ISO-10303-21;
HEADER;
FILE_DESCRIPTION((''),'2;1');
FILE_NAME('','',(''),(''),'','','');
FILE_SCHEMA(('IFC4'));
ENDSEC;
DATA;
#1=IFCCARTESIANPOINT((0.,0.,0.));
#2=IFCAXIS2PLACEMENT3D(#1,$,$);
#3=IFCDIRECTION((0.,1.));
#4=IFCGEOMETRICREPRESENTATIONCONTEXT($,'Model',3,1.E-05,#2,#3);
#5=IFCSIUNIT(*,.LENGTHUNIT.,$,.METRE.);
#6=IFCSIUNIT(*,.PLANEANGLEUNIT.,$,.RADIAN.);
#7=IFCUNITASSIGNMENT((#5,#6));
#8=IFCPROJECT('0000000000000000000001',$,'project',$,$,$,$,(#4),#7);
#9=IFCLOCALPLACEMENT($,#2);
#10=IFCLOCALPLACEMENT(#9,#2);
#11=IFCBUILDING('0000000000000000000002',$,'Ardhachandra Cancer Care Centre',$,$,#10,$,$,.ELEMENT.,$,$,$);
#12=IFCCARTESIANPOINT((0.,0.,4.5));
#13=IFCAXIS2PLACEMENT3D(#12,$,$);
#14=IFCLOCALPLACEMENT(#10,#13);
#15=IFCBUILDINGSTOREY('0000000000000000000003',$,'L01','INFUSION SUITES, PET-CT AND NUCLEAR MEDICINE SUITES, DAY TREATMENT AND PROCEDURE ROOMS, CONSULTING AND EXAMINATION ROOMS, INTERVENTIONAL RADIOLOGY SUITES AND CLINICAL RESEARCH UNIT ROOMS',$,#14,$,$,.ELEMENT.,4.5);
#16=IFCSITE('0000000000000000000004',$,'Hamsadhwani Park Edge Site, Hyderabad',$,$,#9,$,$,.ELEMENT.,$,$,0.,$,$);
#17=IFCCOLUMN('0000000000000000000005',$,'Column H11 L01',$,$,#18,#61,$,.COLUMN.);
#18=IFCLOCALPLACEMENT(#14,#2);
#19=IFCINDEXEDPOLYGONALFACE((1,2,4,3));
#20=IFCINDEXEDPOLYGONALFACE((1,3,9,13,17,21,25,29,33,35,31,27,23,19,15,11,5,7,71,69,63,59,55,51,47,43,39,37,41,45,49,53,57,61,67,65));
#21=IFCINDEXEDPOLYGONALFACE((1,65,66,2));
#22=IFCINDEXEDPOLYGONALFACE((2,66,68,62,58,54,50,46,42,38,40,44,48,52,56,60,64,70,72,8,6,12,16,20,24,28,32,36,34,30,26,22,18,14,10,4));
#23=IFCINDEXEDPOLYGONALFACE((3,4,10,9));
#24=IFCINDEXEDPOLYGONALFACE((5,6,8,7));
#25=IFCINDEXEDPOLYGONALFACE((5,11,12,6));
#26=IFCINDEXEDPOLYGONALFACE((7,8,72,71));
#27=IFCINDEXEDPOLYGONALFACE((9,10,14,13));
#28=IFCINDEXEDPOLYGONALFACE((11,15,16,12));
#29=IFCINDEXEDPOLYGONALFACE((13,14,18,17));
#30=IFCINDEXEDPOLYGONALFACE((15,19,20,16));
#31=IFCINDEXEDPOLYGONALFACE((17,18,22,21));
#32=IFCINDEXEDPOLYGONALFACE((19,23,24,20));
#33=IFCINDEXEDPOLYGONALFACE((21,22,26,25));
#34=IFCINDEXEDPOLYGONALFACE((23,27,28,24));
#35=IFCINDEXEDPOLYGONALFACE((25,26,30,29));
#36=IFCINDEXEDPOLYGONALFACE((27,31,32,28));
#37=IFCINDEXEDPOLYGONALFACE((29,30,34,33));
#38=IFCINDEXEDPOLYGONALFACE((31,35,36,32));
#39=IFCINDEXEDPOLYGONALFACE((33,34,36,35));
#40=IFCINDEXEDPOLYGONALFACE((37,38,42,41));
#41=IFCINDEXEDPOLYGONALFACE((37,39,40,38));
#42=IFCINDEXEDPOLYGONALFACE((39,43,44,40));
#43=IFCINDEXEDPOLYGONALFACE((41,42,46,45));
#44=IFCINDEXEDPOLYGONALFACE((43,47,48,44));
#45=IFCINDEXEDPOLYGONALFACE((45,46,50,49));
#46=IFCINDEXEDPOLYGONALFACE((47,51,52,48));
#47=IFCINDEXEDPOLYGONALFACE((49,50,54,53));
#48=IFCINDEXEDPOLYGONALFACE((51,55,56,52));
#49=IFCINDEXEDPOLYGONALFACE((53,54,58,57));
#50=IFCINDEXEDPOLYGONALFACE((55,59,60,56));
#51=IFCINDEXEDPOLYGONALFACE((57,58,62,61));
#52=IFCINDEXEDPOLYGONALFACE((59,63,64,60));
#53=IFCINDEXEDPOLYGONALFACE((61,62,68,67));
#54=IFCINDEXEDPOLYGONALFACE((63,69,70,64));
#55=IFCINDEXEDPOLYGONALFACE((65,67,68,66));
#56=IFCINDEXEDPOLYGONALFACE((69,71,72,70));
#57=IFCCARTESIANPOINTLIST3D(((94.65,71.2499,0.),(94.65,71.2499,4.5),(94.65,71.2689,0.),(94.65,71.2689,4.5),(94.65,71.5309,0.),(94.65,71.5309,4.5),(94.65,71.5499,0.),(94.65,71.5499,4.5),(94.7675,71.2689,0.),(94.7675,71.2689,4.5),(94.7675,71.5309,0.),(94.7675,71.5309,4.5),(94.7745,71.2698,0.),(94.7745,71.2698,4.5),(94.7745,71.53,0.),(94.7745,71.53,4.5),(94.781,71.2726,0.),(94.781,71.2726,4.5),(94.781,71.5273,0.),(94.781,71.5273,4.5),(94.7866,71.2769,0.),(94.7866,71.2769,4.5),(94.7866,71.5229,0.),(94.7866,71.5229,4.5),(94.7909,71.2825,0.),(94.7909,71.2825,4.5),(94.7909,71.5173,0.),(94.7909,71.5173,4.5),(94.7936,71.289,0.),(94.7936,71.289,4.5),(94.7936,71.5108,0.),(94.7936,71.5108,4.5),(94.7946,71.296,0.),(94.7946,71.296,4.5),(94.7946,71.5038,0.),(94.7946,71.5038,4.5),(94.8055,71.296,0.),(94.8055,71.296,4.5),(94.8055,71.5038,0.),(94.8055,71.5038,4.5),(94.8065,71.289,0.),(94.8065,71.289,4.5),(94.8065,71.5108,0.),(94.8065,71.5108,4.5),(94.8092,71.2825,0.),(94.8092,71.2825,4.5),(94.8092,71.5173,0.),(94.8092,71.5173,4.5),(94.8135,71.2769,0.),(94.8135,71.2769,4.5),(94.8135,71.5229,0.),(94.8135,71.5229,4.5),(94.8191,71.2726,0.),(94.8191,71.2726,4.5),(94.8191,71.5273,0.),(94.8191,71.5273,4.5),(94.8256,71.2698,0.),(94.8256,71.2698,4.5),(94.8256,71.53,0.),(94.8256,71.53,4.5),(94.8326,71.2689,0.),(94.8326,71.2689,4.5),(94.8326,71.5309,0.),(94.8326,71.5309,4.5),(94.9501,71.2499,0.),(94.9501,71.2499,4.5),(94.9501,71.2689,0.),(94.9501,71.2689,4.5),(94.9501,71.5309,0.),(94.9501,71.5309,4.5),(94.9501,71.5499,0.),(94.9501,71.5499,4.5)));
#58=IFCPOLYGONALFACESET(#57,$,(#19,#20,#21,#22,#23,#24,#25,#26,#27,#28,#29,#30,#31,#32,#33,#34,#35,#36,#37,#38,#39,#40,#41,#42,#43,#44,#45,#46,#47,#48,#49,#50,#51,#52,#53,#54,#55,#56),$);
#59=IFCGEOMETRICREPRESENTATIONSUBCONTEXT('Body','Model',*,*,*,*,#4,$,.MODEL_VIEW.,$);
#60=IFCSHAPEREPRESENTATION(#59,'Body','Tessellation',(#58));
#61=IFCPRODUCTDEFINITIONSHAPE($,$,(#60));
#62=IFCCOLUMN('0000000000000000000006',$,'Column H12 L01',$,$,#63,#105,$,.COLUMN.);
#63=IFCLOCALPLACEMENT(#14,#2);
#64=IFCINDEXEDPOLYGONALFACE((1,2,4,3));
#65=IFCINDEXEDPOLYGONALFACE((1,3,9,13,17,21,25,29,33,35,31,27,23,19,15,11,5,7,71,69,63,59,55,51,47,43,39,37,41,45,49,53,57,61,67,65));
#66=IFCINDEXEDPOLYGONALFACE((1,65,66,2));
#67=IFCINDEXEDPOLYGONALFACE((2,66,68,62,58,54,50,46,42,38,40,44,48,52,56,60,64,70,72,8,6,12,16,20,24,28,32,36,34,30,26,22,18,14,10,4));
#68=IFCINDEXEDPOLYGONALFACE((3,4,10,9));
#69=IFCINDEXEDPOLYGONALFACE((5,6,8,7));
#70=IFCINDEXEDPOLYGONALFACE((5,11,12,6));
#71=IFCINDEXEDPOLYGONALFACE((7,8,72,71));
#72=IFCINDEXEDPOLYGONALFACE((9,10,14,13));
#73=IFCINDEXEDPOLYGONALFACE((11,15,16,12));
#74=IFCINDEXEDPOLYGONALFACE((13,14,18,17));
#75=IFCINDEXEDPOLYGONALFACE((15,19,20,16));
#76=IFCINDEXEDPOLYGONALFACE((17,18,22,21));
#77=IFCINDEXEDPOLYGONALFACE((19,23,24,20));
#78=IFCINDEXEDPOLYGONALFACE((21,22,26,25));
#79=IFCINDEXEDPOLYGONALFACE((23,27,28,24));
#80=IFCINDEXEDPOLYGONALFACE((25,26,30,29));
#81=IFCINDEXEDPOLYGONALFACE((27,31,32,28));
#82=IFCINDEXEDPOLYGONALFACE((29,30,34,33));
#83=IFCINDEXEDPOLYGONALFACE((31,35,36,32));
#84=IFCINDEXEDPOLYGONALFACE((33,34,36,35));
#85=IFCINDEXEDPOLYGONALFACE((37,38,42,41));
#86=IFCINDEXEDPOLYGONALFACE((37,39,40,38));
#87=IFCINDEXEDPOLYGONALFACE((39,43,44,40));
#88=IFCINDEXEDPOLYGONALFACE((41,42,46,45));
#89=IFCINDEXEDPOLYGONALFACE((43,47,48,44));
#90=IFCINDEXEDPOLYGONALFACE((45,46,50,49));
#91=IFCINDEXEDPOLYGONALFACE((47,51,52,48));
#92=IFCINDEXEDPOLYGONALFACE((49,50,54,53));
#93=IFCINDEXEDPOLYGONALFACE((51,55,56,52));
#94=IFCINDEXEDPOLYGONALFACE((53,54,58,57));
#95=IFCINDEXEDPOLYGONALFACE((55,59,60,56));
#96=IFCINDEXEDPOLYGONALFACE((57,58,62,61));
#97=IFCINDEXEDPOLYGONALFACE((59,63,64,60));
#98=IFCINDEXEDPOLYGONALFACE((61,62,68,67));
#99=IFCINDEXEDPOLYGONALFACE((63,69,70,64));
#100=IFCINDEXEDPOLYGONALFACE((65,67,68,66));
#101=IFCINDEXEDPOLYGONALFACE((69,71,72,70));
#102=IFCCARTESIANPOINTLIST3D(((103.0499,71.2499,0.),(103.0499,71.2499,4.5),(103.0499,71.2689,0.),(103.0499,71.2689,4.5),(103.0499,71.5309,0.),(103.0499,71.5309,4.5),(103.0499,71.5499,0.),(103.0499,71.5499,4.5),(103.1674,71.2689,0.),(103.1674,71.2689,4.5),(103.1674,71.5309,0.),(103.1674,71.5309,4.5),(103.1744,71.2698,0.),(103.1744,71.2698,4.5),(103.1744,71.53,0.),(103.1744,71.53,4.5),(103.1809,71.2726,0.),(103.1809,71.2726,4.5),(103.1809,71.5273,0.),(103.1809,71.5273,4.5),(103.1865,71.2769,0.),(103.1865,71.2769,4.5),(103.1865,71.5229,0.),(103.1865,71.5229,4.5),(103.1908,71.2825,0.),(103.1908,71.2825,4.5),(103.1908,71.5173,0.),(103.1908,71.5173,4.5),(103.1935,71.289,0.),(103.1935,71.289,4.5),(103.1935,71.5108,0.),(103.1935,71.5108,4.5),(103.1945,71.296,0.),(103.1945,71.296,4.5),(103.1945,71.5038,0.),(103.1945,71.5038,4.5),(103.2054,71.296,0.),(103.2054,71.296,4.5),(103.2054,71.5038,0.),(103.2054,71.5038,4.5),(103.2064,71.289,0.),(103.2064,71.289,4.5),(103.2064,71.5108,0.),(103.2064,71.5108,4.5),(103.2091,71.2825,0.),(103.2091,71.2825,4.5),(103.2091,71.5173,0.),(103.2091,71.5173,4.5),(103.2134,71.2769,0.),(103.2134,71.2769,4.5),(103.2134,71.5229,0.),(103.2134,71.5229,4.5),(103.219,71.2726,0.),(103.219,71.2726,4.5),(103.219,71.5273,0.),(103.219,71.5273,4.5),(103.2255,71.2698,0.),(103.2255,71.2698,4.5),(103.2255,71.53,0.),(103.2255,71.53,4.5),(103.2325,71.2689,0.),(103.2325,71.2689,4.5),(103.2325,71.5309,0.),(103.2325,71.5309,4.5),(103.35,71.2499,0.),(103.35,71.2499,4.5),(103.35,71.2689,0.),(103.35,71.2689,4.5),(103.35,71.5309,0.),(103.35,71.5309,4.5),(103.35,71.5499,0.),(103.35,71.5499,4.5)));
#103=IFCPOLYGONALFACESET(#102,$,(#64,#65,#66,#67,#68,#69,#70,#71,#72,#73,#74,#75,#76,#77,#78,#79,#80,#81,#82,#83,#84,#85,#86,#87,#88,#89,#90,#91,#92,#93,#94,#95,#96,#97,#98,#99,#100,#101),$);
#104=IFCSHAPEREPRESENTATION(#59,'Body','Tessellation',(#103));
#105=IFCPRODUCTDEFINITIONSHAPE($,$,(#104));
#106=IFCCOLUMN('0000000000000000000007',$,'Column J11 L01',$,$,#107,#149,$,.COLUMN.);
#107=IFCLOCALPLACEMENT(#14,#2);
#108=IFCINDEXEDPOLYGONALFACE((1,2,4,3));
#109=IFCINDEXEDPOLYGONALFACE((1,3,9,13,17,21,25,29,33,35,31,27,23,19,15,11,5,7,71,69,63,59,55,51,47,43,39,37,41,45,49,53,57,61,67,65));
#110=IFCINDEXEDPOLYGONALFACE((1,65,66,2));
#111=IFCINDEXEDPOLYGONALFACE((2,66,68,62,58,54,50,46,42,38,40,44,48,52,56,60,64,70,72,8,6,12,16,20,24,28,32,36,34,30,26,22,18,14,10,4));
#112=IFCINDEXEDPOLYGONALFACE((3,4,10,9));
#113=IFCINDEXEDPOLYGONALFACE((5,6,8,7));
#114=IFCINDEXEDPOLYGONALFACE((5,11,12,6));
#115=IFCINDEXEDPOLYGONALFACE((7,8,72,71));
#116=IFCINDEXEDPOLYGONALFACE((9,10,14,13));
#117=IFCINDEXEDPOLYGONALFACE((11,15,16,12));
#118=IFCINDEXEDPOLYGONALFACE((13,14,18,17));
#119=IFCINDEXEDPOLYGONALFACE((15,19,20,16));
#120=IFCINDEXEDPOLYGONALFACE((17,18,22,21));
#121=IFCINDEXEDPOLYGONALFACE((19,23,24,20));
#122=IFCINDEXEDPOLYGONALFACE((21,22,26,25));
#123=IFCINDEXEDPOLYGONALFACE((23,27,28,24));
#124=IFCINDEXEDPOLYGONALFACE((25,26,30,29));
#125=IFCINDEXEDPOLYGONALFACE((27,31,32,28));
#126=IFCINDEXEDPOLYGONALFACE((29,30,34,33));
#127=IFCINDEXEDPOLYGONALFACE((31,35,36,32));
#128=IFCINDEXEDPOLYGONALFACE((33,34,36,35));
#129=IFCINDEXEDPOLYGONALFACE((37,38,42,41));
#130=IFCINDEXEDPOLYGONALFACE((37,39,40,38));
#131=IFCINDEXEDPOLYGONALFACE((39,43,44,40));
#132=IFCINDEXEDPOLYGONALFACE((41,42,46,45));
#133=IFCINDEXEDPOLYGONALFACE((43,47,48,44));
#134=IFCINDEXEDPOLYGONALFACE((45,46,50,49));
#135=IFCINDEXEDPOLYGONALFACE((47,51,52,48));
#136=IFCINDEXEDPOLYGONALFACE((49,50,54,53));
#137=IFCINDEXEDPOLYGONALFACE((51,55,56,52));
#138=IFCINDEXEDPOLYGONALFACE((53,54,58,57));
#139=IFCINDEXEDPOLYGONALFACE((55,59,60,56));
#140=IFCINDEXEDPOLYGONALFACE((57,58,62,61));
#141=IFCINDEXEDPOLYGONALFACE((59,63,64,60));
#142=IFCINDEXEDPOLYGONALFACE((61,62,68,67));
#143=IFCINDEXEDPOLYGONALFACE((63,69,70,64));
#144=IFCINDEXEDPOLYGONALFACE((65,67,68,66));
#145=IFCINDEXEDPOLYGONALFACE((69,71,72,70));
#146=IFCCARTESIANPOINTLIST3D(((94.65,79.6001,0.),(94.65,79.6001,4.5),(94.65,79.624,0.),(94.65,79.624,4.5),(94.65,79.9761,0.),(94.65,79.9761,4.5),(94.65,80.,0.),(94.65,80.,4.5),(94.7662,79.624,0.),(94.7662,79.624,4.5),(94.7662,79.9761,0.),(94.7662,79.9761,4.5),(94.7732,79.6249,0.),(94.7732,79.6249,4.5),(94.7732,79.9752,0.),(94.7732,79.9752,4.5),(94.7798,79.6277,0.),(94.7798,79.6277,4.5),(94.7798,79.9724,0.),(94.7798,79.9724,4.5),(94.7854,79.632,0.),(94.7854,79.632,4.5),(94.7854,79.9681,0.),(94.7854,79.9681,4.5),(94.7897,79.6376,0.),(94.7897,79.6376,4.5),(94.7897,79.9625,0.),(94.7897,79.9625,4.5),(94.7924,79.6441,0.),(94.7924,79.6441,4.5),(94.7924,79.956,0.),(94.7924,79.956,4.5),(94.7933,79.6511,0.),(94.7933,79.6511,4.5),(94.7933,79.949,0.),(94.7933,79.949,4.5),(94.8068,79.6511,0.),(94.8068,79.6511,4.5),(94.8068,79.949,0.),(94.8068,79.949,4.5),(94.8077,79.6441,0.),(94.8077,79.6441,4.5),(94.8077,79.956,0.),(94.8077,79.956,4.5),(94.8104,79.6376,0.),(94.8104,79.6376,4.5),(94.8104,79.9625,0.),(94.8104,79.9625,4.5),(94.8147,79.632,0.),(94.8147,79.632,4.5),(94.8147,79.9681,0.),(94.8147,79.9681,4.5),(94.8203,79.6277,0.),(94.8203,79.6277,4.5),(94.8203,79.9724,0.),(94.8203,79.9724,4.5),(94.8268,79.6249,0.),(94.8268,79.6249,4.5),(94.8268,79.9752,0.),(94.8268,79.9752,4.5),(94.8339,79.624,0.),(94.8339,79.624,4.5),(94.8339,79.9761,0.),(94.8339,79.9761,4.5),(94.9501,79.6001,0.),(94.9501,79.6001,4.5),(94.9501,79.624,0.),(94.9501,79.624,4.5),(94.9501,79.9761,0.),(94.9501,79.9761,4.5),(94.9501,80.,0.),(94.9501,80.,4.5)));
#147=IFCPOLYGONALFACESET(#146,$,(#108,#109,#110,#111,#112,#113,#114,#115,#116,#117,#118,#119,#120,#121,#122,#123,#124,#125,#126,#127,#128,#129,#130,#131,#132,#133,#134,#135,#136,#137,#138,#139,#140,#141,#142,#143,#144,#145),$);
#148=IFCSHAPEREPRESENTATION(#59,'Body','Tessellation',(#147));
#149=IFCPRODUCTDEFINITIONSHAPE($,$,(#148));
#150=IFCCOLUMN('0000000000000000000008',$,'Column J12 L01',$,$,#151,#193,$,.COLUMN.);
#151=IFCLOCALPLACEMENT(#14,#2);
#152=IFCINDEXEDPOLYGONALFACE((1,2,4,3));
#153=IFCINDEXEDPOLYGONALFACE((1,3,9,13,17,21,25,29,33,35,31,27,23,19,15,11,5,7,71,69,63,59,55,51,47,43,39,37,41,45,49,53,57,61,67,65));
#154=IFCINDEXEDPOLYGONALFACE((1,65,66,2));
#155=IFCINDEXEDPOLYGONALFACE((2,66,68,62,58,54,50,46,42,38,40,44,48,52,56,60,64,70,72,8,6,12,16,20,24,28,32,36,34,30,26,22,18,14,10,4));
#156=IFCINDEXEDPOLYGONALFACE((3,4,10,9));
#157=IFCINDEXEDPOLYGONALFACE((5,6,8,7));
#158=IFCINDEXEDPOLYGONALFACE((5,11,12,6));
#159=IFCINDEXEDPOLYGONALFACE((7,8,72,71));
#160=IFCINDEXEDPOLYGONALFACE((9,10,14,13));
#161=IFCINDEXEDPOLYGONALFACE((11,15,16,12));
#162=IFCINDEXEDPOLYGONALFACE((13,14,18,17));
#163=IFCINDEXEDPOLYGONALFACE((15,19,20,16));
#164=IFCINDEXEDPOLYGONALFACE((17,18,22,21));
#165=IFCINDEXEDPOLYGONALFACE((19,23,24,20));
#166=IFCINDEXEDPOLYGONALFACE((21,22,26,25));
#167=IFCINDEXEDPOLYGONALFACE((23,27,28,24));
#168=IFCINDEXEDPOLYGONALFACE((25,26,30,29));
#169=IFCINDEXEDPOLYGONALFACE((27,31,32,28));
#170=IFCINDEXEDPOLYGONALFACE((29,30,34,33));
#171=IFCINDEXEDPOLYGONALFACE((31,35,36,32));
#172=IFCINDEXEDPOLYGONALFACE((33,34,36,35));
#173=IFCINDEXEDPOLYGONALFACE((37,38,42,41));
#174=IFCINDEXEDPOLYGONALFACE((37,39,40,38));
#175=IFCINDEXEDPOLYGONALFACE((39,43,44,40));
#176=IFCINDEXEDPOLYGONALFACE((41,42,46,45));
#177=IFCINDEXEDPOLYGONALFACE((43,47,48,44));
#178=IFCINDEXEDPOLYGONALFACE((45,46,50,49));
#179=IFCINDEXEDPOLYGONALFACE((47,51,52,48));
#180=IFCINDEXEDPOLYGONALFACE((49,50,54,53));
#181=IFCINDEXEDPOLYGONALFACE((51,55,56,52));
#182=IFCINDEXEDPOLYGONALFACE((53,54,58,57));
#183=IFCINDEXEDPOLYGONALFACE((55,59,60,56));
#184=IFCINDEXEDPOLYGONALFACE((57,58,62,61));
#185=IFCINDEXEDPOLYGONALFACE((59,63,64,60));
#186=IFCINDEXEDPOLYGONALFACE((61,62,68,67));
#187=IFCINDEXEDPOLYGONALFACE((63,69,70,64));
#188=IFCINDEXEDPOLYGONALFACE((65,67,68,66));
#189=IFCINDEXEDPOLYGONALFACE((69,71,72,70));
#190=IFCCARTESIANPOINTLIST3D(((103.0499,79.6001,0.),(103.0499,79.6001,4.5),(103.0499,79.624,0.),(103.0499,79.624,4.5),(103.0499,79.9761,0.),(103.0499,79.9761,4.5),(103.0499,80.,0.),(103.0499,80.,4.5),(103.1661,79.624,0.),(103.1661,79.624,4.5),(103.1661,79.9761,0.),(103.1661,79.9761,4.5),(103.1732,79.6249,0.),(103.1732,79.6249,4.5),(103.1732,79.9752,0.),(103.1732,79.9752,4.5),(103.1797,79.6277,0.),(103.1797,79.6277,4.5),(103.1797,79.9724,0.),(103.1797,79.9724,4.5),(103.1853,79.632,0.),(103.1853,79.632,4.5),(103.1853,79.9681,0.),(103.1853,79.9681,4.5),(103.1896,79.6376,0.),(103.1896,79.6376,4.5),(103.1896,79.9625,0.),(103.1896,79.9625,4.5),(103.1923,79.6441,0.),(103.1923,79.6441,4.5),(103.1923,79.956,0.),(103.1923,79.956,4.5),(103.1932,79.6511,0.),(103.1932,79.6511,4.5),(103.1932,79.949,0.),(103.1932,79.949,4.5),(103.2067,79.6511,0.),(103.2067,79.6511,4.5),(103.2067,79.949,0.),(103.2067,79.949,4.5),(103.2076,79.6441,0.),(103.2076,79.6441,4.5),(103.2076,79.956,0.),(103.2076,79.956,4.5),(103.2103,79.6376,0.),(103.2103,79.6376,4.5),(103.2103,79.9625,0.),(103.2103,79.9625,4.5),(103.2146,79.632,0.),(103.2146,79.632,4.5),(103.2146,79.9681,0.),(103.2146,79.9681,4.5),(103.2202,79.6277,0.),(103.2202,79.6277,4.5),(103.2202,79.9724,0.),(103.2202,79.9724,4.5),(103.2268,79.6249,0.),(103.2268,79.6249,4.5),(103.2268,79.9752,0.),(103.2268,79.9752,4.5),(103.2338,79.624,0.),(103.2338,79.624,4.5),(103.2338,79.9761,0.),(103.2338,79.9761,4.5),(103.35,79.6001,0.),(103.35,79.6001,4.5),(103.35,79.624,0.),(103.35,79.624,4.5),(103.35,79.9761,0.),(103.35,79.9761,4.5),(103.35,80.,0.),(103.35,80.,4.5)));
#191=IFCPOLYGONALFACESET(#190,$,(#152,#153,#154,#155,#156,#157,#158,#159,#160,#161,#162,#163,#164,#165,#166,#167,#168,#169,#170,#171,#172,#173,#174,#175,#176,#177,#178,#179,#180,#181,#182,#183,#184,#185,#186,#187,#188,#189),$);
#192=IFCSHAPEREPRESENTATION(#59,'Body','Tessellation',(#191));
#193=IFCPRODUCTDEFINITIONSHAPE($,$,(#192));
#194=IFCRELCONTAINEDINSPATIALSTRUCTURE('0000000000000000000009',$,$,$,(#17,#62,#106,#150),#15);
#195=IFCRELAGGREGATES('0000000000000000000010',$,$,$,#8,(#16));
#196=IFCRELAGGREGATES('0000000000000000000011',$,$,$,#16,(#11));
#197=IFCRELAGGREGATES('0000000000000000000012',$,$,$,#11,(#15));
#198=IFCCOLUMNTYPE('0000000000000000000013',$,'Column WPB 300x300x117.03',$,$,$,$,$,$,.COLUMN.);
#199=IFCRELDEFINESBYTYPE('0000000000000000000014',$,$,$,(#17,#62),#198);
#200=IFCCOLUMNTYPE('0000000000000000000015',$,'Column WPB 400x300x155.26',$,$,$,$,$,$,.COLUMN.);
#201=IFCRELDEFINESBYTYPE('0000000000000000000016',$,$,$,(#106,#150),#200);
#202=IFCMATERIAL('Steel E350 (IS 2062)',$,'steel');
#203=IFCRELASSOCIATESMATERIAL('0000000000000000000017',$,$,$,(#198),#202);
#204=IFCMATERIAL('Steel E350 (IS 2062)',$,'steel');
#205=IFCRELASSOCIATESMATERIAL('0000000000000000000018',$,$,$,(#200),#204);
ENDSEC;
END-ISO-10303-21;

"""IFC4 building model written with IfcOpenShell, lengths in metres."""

from ifc_helpers import new_model, si_unit, direction, frame, origin, origin_2d, place, context, subcontext, project, spatial, i_section, extrude, material, material_profile, profile_set, type_object, element, save


model = new_model("IFC4")

# Units and contexts
model_context = context("Model", 3, precision=1e-05, world=origin(), true_north=direction((0.0, 1.0)))
body_context = subcontext(model_context, "Body", "Model", "MODEL_VIEW")
ifc_project = project(units=[si_unit("LENGTHUNIT", "METRE"), si_unit("PLANEANGLEUNIT", "RADIAN")], contexts=[model_context])

# Site, building, storey
site_placement = place(None, origin())
site = spatial("IfcSite", under=ifc_project, at=site_placement, Name="Hamsadhwani Park Edge Site, Hyderabad", CompositionType="ELEMENT", RefElevation=0.0)
building_placement = place(site_placement, origin())
building = spatial("IfcBuilding", under=site, at=building_placement, Name="Ardhachandra Cancer Care Centre", CompositionType="ELEMENT")
storey_placement = place(building_placement, frame((0.0, 0.0, 4.5)))
storey = spatial("IfcBuildingStorey", under=building, at=storey_placement, Name="L01", Description="INFUSION SUITES, PET-CT AND NUCLEAR MEDICINE SUITES, DAY TREATMENT AND PROCEDURE ROOMS, CONSULTING AND EXAMINATION ROOMS, INTERVENTIONAL RADIOLOGY SUITES AND CLINICAL RESEARCH UNIT ROOMS", CompositionType="ELEMENT", Elevation=4.5)

# Columns
ifc_material_1 = material(Name="Steel E350 (IS 2062)", Category="steel")
ifc_material_profile_1 = material_profile(ifc_material_1, i_section(OverallWidth=0.3, OverallDepth=0.3, WebThickness=0.011, FlangeThickness=0.019, FilletRadius=0.0271, at=origin_2d()), Name="WPB 300x300x117.03")
ifc_profile_set_1 = profile_set([ifc_material_profile_1], Name="Steel E350 (IS 2062)")
column_type_1 = type_object("IfcColumnType", Name="Column WPB 300x300x117.03", PredefinedType="COLUMN", material=ifc_profile_set_1)
for number, where, z_axis, x_axis, name in (
    (1, (94.8, 71.3999, 0.0), (0.0, 0.0, 1.0), (1.0, 0.0, 0.0), "Column H11 L01"),
    (2, (103.2, 71.3999, 0.0), (0.0, 0.0, 1.0), (1.0, 0.0, 0.0), "Column H12 L01"),
):
    element("IfcColumn", number, at=place(storey_placement, frame(where, z_axis=z_axis, x_axis=x_axis)), inside=storey, type_object=column_type_1, Name=name, PredefinedType="COLUMN", context=body_context, shape_type="SweptSolid", body=[
        extrude(i_section(OverallWidth=0.3, OverallDepth=0.3, WebThickness=0.011, FlangeThickness=0.019, FilletRadius=0.0271, at=origin_2d()), origin(), (0.0, 0.0, 1.0), 4.5),
    ])
ifc_material_2 = material(Name="Steel E350 (IS 2062)", Category="steel")
ifc_material_profile_2 = material_profile(ifc_material_2, i_section(OverallWidth=0.3, OverallDepth=0.3999, WebThickness=0.0134, FlangeThickness=0.0239, FilletRadius=0.0271, at=origin_2d()), Name="WPB 400x300x155.26")
ifc_profile_set_2 = profile_set([ifc_material_profile_2], Name="Steel E350 (IS 2062)")
column_type_2 = type_object("IfcColumnType", Name="Column WPB 400x300x155.26", PredefinedType="COLUMN", material=ifc_profile_set_2)
for number, where, z_axis, x_axis, name in (
    (3, (94.8, 79.8, 0.0), (0.0, 0.0, 1.0), (1.0, 0.0, 0.0), "Column J11 L01"),
    (4, (103.2, 79.8, 0.0), (0.0, 0.0, 1.0), (1.0, 0.0, 0.0), "Column J12 L01"),
):
    element("IfcColumn", number, at=place(storey_placement, frame(where, z_axis=z_axis, x_axis=x_axis)), inside=storey, type_object=column_type_2, Name=name, PredefinedType="COLUMN", context=body_context, shape_type="SweptSolid", body=[
        extrude(i_section(OverallWidth=0.3, OverallDepth=0.3999, WebThickness=0.0134, FlangeThickness=0.0239, FilletRadius=0.0271, at=origin_2d()), origin(), (0.0, 0.0, 1.0), 4.5),
    ])

save(model, "model.ifc")
